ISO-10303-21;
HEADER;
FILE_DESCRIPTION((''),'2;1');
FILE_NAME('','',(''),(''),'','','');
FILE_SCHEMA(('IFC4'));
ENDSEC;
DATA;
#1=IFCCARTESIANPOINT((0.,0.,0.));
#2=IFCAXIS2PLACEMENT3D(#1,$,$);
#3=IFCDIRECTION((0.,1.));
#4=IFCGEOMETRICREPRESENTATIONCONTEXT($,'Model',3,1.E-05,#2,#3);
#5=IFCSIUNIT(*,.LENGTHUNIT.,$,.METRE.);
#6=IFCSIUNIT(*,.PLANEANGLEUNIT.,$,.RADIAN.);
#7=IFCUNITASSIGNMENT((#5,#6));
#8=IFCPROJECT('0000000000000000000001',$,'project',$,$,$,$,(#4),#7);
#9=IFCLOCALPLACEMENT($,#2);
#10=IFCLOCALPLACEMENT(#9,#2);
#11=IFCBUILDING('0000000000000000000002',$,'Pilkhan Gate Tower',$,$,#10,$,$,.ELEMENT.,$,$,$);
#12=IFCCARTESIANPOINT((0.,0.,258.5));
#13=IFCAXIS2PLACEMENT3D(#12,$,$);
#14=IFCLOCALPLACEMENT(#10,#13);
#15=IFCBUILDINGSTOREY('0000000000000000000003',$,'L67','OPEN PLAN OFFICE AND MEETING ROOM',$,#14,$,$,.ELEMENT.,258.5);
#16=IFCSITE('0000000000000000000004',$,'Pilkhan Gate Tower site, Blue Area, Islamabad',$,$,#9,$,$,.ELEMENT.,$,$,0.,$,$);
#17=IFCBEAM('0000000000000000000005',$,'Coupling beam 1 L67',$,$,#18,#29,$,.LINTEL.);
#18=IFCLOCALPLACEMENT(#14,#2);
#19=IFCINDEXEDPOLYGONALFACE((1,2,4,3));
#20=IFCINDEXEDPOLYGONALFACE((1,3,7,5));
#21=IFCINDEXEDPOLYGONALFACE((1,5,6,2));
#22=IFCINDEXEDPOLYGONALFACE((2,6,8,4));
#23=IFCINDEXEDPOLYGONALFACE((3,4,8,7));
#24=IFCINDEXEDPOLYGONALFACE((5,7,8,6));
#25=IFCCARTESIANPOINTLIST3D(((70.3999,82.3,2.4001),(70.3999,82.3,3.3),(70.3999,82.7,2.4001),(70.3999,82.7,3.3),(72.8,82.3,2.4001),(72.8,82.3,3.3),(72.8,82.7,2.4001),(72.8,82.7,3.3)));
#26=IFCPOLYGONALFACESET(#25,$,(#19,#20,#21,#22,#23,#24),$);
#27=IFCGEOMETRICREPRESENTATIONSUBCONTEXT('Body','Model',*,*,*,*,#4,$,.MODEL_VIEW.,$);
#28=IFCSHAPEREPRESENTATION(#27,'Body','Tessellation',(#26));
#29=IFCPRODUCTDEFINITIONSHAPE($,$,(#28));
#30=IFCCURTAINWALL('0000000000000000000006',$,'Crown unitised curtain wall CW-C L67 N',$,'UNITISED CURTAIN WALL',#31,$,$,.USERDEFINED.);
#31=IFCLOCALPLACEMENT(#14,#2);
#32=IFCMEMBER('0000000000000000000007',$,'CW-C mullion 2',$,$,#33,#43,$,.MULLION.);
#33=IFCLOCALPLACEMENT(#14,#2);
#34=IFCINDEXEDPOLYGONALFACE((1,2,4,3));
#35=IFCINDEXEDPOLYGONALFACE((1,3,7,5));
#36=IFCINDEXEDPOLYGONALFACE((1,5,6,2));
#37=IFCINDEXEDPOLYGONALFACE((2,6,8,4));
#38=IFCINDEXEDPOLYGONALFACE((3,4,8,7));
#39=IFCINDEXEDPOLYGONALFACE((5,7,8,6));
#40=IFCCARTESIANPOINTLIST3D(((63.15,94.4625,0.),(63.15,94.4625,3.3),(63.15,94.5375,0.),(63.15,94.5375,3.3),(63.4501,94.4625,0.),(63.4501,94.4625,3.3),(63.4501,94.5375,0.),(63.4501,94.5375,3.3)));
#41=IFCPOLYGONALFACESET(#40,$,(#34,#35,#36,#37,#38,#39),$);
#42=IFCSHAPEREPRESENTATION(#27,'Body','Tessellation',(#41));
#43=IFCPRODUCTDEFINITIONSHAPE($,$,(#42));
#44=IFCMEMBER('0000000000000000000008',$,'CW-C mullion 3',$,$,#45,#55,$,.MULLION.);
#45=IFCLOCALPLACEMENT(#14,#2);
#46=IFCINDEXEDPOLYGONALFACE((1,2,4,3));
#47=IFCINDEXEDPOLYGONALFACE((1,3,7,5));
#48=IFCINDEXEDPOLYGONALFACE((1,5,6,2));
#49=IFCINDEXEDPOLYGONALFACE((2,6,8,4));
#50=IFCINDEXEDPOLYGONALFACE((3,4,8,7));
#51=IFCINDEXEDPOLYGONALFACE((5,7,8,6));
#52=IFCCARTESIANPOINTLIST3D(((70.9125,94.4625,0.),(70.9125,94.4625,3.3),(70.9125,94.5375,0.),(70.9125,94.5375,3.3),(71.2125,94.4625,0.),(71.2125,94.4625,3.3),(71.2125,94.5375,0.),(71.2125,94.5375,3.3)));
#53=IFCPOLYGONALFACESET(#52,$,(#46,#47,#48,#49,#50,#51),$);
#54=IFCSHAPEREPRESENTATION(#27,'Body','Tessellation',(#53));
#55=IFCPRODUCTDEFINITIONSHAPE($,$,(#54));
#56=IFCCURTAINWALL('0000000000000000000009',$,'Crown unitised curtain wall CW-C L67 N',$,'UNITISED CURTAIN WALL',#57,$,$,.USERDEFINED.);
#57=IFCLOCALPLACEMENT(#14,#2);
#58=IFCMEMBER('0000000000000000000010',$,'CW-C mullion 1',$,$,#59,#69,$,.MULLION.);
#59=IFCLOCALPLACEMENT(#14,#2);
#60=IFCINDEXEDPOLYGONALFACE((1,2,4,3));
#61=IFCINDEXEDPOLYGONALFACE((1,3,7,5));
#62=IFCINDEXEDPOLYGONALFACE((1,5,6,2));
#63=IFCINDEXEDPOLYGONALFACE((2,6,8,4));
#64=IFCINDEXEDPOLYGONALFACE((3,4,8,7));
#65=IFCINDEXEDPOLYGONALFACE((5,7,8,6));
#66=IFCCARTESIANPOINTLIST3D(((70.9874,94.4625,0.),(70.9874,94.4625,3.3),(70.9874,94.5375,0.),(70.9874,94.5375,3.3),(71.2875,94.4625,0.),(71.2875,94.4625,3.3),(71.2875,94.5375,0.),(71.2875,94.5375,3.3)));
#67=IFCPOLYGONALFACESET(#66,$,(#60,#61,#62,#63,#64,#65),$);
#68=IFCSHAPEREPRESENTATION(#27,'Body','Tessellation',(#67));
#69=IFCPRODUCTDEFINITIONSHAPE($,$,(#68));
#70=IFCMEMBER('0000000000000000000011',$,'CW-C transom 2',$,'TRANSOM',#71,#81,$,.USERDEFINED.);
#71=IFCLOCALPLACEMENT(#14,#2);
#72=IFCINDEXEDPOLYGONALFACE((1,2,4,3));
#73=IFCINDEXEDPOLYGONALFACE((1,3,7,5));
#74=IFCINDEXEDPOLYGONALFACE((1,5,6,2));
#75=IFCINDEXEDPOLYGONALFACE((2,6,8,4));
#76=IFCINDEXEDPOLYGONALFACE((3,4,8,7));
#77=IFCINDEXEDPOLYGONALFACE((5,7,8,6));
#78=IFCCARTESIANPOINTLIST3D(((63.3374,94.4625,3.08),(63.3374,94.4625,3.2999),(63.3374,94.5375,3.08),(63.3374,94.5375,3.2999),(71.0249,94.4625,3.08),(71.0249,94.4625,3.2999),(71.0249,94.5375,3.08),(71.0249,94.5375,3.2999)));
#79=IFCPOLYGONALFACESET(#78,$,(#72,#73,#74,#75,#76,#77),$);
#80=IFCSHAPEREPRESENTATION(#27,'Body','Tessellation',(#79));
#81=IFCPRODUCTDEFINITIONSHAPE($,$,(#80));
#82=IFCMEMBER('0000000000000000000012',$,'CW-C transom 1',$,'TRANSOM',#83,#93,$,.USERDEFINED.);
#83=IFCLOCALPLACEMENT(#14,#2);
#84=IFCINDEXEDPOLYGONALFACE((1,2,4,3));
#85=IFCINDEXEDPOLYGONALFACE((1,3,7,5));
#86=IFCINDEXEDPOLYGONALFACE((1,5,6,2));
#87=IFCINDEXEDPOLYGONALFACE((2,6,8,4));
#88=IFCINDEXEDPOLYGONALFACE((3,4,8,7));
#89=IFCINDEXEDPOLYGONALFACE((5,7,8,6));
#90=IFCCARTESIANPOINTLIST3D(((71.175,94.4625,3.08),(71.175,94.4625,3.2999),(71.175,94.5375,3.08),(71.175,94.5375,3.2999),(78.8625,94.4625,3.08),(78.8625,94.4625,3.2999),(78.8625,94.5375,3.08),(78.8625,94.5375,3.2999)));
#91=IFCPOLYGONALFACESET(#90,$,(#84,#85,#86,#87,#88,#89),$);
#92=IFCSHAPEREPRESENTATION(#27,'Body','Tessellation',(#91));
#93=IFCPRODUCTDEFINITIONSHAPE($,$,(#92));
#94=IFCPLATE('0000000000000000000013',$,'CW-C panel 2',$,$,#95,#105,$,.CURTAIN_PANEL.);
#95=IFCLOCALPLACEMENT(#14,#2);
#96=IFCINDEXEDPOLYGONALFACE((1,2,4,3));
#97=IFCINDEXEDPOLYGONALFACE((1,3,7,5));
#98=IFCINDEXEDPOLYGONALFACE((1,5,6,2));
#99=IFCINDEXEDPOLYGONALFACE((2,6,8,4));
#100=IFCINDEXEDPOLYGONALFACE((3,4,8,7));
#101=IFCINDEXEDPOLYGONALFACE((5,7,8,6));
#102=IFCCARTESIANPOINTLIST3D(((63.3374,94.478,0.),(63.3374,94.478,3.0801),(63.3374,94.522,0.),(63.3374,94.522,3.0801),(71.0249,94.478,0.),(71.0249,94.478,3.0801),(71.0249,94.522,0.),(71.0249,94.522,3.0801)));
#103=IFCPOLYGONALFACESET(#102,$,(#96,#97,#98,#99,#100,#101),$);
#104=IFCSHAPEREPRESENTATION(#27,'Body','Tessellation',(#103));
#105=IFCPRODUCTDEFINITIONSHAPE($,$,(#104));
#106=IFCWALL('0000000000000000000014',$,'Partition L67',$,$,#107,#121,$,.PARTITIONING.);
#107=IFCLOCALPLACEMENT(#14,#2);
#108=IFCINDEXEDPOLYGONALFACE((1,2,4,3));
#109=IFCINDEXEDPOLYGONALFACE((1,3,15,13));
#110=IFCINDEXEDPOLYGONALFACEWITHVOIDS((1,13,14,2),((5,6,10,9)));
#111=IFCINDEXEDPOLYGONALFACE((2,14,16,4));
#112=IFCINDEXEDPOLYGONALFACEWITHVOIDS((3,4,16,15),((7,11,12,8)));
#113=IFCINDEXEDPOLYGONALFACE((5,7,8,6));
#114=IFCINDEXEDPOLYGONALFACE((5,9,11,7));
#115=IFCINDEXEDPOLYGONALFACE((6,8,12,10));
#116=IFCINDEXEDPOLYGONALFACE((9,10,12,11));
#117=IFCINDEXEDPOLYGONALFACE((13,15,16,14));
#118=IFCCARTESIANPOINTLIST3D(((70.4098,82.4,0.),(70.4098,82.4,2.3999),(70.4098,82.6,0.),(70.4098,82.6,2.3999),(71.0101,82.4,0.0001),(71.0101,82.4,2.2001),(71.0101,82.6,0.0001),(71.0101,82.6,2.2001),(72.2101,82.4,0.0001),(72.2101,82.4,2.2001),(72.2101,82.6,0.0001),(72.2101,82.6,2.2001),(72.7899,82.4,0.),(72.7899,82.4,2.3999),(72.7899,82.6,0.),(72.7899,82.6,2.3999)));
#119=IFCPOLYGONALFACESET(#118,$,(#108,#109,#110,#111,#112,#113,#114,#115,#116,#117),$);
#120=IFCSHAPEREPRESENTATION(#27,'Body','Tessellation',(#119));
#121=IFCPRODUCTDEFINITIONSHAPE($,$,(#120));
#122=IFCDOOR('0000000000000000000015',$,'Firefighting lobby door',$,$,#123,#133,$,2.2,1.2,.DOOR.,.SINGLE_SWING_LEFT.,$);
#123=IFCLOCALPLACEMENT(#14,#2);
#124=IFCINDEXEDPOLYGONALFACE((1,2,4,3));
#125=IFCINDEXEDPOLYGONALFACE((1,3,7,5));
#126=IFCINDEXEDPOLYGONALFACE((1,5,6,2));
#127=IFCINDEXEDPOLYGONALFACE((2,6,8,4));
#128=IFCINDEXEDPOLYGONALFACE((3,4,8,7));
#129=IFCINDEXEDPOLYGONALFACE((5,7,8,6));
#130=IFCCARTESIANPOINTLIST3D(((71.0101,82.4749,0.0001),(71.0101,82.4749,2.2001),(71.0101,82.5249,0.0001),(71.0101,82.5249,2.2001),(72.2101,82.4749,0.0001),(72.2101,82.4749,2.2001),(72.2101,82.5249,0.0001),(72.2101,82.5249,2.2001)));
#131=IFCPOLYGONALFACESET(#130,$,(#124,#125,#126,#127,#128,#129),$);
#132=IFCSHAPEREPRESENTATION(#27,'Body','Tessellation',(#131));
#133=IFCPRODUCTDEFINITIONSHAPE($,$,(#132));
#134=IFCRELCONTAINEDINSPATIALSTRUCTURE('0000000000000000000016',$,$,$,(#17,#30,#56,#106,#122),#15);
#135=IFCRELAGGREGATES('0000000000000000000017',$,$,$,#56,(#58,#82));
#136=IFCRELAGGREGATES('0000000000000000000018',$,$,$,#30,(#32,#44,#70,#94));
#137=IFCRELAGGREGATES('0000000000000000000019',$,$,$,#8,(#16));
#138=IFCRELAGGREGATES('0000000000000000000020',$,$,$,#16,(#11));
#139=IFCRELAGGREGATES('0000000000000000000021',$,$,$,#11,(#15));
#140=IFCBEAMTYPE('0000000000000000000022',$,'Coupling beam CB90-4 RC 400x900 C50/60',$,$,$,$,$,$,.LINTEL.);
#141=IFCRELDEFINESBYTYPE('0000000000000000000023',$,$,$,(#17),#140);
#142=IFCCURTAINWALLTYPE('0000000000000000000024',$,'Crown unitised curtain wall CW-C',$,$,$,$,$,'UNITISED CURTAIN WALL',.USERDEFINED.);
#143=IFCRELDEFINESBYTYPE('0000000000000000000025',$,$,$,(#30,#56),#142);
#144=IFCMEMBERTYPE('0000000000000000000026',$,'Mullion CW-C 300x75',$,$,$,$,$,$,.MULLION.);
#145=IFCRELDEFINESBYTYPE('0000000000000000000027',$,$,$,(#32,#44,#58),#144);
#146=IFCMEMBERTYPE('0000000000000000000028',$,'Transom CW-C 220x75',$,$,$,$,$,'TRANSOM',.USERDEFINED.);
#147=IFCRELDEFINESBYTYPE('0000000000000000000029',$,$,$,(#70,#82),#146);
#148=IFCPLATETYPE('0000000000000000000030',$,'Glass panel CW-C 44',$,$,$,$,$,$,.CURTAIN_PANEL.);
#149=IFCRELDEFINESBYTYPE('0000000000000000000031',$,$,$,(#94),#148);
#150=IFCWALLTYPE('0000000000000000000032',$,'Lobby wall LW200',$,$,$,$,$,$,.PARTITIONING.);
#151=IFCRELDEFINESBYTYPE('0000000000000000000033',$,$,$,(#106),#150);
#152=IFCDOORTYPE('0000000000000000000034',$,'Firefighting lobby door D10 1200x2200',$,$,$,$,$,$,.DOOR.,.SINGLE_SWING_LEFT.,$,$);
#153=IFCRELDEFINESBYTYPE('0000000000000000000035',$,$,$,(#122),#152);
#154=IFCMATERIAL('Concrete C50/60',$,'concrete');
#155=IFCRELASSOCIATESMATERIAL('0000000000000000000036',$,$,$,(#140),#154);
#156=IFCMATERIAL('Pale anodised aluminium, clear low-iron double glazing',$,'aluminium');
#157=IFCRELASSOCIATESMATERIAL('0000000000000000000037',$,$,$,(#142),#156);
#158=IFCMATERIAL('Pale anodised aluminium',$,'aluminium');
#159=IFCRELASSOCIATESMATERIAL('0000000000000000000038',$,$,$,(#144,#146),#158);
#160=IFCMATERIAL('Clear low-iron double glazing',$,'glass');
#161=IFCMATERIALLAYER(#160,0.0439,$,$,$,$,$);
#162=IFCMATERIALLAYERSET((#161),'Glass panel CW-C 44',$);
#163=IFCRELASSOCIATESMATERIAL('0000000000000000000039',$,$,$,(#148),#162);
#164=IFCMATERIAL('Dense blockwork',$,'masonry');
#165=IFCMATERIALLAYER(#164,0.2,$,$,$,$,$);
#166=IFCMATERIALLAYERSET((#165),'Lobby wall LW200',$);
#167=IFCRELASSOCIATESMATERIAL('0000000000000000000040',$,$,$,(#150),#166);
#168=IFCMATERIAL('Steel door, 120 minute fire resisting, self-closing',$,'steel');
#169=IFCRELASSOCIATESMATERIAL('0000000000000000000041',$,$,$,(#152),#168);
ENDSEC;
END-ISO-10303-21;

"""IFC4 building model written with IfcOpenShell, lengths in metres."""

from ifc_helpers import new_model, si_unit, direction, frame, frame_2d, origin, origin_2d, place, context, subcontext, project, spatial, rectangle, extrude, material, layer, layer_set, material_profile, profile_set, type_object, element, fill, aggregate, save


model = new_model("IFC4")

# Units and contexts
model_context = context("Model", 3, precision=1e-05, world=origin(), true_north=direction((0.0, 1.0)))
body_context = subcontext(model_context, "Body", "Model", "MODEL_VIEW")
ifc_project = project(units=[si_unit("LENGTHUNIT", "METRE"), si_unit("PLANEANGLEUNIT", "RADIAN")], contexts=[model_context])

# Site, building, storey
site_placement = place(None, origin())
site = spatial("IfcSite", under=ifc_project, at=site_placement, Name="Pilkhan Gate Tower site, Blue Area, Islamabad", CompositionType="ELEMENT", RefElevation=0.0)
building_placement = place(site_placement, origin())
building = spatial("IfcBuilding", under=site, at=building_placement, Name="Pilkhan Gate Tower", CompositionType="ELEMENT")
storey_placement = place(building_placement, frame((0.0, 0.0, 258.5)))
storey = spatial("IfcBuildingStorey", under=building, at=storey_placement, Name="L67", Description="OPEN PLAN OFFICE AND MEETING ROOM", CompositionType="ELEMENT", Elevation=258.5)

# Beam
ifc_material_1 = material(Name="Concrete C50/60", Category="concrete")
ifc_material_profile_1 = material_profile(ifc_material_1, rectangle(XDim=0.3999, YDim=0.8999, at=origin_2d()), Name="RC 400x900")
ifc_profile_set_1 = profile_set([ifc_material_profile_1], Name="Concrete C50/60")
beam_type = type_object("IfcBeamType", Name="Coupling beam CB90-4 RC 400x900 C50/60", PredefinedType="LINTEL", material=ifc_profile_set_1)
beam_placement = place(storey_placement, frame((70.3999, 82.5, 2.8501), z_axis=(1.0, 0.0, 0.0), x_axis=(0.0, 1.0, 0.0)))
element("IfcBeam", 1, at=beam_placement, inside=storey, type_object=beam_type, Name="Coupling beam 1 L67", PredefinedType="LINTEL", context=body_context, shape_type="SweptSolid", body=[
    extrude(rectangle(XDim=0.3999, YDim=0.8999, at=origin_2d()), origin(), (0.0, 0.0, 1.0), 2.4001),
])

# Curtain wall, members
ifc_material_2 = material(Name="Pale anodised aluminium, clear low-iron double glazing", Category="aluminium")
curtain_wall_type = type_object("IfcCurtainWallType", Name="Crown unitised curtain wall CW-C", ElementType="UNITISED CURTAIN WALL", PredefinedType="USERDEFINED", material=ifc_material_2)
curtain_wall_1_placement = place(storey_placement, origin())
curtain_wall_1 = element("IfcCurtainWall", 2, at=curtain_wall_1_placement, inside=storey, type_object=curtain_wall_type, Name="Crown unitised curtain wall CW-C L67 N", ObjectType="UNITISED CURTAIN WALL", PredefinedType="USERDEFINED")
ifc_material_3 = material(Name="Pale anodised aluminium", Category="aluminium")
ifc_material_profile_2 = material_profile(ifc_material_3, rectangle(XDim=0.075, YDim=0.3, at=origin_2d()), Name="Mullion 300x75")
ifc_profile_set_2 = profile_set([ifc_material_profile_2], Name="Pale anodised aluminium")
member_type_1 = type_object("IfcMemberType", Name="Mullion CW-C 300x75", PredefinedType="MULLION", material=ifc_profile_set_2)
member_1_placement = place(storey_placement, frame((63.3, 94.5, 0.0), z_axis=(0.0, 0.0, 1.0), x_axis=(0.0, 1.0, 0.0)))
member_1 = element("IfcMember", 3, at=member_1_placement, type_object=member_type_1, Name="CW-C mullion 2", PredefinedType="MULLION", context=body_context, shape_type="SweptSolid", body=[
    extrude(rectangle(XDim=0.075, YDim=0.3, at=origin_2d()), origin(), (0.0, 0.0, 1.0), 3.3),
])
member_2_placement = place(storey_placement, frame((71.0625, 94.5, 0.0), z_axis=(0.0, 0.0, 1.0), x_axis=(0.0, 1.0, 0.0)))
member_2 = element("IfcMember", 4, at=member_2_placement, type_object=member_type_1, Name="CW-C mullion 3", PredefinedType="MULLION", context=body_context, shape_type="SweptSolid", body=[
    extrude(rectangle(XDim=0.075, YDim=0.3, at=origin_2d()), origin(), (0.0, 0.0, 1.0), 3.3),
])

# Curtain wall, member
curtain_wall_2_placement = place(storey_placement, origin())
curtain_wall_2 = element("IfcCurtainWall", 5, at=curtain_wall_2_placement, inside=storey, type_object=curtain_wall_type, Name="Crown unitised curtain wall CW-C L67 N", ObjectType="UNITISED CURTAIN WALL", PredefinedType="USERDEFINED")
member_3_placement = place(storey_placement, frame((71.1375, 94.5, 0.0), z_axis=(0.0, 0.0, 1.0), x_axis=(0.0, 1.0, 0.0)))
member_3 = element("IfcMember", 6, at=member_3_placement, type_object=member_type_1, Name="CW-C mullion 1", PredefinedType="MULLION", context=body_context, shape_type="SweptSolid", body=[
    extrude(rectangle(XDim=0.075, YDim=0.3, at=origin_2d()), origin(), (0.0, 0.0, 1.0), 3.3),
])

# Members
ifc_material_profile_3 = material_profile(ifc_material_3, rectangle(XDim=0.075, YDim=0.22, at=origin_2d()), Name="Transom 220x75")
ifc_profile_set_3 = profile_set([ifc_material_profile_3], Name="Pale anodised aluminium")
member_type_2 = type_object("IfcMemberType", Name="Transom CW-C 220x75", ElementType="TRANSOM", PredefinedType="USERDEFINED", material=ifc_profile_set_3)
member_4_placement = place(storey_placement, frame((63.3374, 94.5, 3.1899), z_axis=(1.0, 0.0, 0.0), x_axis=(0.0, 1.0, 0.0)))
member_4 = element("IfcMember", 7, at=member_4_placement, type_object=member_type_2, Name="CW-C transom 2", ObjectType="TRANSOM", PredefinedType="USERDEFINED", context=body_context, shape_type="SweptSolid", body=[
    extrude(rectangle(XDim=0.075, YDim=0.22, at=origin_2d()), origin(), (0.0, 0.0, 1.0), 7.6875),
])
member_5_placement = place(storey_placement, frame((71.175, 94.5, 3.1899), z_axis=(1.0, 0.0, 0.0), x_axis=(0.0, 1.0, 0.0)))
member_5 = element("IfcMember", 8, at=member_5_placement, type_object=member_type_2, Name="CW-C transom 1", ObjectType="TRANSOM", PredefinedType="USERDEFINED", context=body_context, shape_type="SweptSolid", body=[
    extrude(rectangle(XDim=0.075, YDim=0.22, at=origin_2d()), origin(), (0.0, 0.0, 1.0), 7.6875),
])
aggregate(curtain_wall_2, [member_3, member_5])

# Plate
ifc_material_4 = material(Name="Clear low-iron double glazing", Category="glass")
ifc_layer_1 = layer(ifc_material_4, 0.0439)
ifc_layer_set_1 = layer_set([ifc_layer_1], Name="Glass panel CW-C 44")
plate_type = type_object("IfcPlateType", Name="Glass panel CW-C 44", PredefinedType="CURTAIN_PANEL", material=ifc_layer_set_1)
plate_placement = place(storey_placement, frame((67.1812, 94.5, 0.0), z_axis=(0.0, 0.0, 1.0), x_axis=(1.0, 0.0, 0.0)))
plate = element("IfcPlate", 9, at=plate_placement, type_object=plate_type, Name="CW-C panel 2", PredefinedType="CURTAIN_PANEL", context=body_context, shape_type="SweptSolid", body=[
    extrude(rectangle(XDim=7.6875, YDim=0.0439, at=origin_2d()), origin(), (0.0, 0.0, 1.0), 3.0801),
])
aggregate(curtain_wall_1, [member_1, member_2, member_4, plate])

# Wall, opening, door
ifc_material_5 = material(Name="Dense blockwork", Category="masonry")
ifc_layer_2 = layer(ifc_material_5, 0.2)
ifc_layer_set_2 = layer_set([ifc_layer_2], Name="Lobby wall LW200")
wall_type_1 = type_object("IfcWallType", Name="Lobby wall LW200", PredefinedType="PARTITIONING", material=ifc_layer_set_2)
wall_1_placement = place(storey_placement, frame((70.4099, 82.5, 0.0), z_axis=(0.0, 0.0, 1.0), x_axis=(1.0, 0.0, 0.0)))
wall_1 = element("IfcWall", 10, at=wall_1_placement, inside=storey, type_object=wall_type_1, Name="Partition L67", PredefinedType="PARTITIONING", context=body_context, shape_type="SweptSolid", body=[
    extrude(rectangle(XDim=2.3801, YDim=0.2, at=frame_2d((1.1899, 0.0))), origin(), (0.0, 0.0, 1.0), 2.3999),
])
opening_1_placement = place(wall_1_placement, frame((0.6001, 0.0, 0.0)))
opening_1 = element("IfcOpeningElement", 11, at=opening_1_placement, cuts=wall_1, PredefinedType="OPENING", context=body_context, shape_type="SweptSolid", body=[
    extrude(rectangle(XDim=1.2, YDim=2.2, at=frame_2d((0.6001, 1.1001))), frame((0.0, 0.1099, 0.0), z_axis=(0.0, -1.0, 0.0), x_axis=(1.0, 0.0, 0.0)), (0.0, 0.0, 1.0), 0.22),
])
ifc_material_6 = material(Name="Steel door, 120 minute fire resisting, self-closing", Category="steel")
door_type_1 = type_object("IfcDoorType", Name="Firefighting lobby door D10 1200x2200", OperationType="SINGLE_SWING_LEFT", PredefinedType="DOOR", material=ifc_material_6)
door_1_placement = place(opening_1_placement, origin())
door_1 = element("IfcDoor", 12, at=door_1_placement, inside=storey, type_object=door_type_1, Name="Firefighting lobby door", OperationType="SINGLE_SWING_LEFT", OverallHeight=2.2, OverallWidth=1.2, PredefinedType="DOOR", context=body_context, shape_type="SweptSolid", body=[
    extrude(rectangle(XDim=1.2, YDim=2.2, at=frame_2d((0.6001, 1.1001))), frame((0.0, 0.0249, 0.0), z_axis=(0.0, -1.0, 0.0), x_axis=(1.0, 0.0, 0.0)), (0.0, 0.0, 1.0), 0.05),
])
fill(opening_1, door_1)

save(model, "model.ifc")
